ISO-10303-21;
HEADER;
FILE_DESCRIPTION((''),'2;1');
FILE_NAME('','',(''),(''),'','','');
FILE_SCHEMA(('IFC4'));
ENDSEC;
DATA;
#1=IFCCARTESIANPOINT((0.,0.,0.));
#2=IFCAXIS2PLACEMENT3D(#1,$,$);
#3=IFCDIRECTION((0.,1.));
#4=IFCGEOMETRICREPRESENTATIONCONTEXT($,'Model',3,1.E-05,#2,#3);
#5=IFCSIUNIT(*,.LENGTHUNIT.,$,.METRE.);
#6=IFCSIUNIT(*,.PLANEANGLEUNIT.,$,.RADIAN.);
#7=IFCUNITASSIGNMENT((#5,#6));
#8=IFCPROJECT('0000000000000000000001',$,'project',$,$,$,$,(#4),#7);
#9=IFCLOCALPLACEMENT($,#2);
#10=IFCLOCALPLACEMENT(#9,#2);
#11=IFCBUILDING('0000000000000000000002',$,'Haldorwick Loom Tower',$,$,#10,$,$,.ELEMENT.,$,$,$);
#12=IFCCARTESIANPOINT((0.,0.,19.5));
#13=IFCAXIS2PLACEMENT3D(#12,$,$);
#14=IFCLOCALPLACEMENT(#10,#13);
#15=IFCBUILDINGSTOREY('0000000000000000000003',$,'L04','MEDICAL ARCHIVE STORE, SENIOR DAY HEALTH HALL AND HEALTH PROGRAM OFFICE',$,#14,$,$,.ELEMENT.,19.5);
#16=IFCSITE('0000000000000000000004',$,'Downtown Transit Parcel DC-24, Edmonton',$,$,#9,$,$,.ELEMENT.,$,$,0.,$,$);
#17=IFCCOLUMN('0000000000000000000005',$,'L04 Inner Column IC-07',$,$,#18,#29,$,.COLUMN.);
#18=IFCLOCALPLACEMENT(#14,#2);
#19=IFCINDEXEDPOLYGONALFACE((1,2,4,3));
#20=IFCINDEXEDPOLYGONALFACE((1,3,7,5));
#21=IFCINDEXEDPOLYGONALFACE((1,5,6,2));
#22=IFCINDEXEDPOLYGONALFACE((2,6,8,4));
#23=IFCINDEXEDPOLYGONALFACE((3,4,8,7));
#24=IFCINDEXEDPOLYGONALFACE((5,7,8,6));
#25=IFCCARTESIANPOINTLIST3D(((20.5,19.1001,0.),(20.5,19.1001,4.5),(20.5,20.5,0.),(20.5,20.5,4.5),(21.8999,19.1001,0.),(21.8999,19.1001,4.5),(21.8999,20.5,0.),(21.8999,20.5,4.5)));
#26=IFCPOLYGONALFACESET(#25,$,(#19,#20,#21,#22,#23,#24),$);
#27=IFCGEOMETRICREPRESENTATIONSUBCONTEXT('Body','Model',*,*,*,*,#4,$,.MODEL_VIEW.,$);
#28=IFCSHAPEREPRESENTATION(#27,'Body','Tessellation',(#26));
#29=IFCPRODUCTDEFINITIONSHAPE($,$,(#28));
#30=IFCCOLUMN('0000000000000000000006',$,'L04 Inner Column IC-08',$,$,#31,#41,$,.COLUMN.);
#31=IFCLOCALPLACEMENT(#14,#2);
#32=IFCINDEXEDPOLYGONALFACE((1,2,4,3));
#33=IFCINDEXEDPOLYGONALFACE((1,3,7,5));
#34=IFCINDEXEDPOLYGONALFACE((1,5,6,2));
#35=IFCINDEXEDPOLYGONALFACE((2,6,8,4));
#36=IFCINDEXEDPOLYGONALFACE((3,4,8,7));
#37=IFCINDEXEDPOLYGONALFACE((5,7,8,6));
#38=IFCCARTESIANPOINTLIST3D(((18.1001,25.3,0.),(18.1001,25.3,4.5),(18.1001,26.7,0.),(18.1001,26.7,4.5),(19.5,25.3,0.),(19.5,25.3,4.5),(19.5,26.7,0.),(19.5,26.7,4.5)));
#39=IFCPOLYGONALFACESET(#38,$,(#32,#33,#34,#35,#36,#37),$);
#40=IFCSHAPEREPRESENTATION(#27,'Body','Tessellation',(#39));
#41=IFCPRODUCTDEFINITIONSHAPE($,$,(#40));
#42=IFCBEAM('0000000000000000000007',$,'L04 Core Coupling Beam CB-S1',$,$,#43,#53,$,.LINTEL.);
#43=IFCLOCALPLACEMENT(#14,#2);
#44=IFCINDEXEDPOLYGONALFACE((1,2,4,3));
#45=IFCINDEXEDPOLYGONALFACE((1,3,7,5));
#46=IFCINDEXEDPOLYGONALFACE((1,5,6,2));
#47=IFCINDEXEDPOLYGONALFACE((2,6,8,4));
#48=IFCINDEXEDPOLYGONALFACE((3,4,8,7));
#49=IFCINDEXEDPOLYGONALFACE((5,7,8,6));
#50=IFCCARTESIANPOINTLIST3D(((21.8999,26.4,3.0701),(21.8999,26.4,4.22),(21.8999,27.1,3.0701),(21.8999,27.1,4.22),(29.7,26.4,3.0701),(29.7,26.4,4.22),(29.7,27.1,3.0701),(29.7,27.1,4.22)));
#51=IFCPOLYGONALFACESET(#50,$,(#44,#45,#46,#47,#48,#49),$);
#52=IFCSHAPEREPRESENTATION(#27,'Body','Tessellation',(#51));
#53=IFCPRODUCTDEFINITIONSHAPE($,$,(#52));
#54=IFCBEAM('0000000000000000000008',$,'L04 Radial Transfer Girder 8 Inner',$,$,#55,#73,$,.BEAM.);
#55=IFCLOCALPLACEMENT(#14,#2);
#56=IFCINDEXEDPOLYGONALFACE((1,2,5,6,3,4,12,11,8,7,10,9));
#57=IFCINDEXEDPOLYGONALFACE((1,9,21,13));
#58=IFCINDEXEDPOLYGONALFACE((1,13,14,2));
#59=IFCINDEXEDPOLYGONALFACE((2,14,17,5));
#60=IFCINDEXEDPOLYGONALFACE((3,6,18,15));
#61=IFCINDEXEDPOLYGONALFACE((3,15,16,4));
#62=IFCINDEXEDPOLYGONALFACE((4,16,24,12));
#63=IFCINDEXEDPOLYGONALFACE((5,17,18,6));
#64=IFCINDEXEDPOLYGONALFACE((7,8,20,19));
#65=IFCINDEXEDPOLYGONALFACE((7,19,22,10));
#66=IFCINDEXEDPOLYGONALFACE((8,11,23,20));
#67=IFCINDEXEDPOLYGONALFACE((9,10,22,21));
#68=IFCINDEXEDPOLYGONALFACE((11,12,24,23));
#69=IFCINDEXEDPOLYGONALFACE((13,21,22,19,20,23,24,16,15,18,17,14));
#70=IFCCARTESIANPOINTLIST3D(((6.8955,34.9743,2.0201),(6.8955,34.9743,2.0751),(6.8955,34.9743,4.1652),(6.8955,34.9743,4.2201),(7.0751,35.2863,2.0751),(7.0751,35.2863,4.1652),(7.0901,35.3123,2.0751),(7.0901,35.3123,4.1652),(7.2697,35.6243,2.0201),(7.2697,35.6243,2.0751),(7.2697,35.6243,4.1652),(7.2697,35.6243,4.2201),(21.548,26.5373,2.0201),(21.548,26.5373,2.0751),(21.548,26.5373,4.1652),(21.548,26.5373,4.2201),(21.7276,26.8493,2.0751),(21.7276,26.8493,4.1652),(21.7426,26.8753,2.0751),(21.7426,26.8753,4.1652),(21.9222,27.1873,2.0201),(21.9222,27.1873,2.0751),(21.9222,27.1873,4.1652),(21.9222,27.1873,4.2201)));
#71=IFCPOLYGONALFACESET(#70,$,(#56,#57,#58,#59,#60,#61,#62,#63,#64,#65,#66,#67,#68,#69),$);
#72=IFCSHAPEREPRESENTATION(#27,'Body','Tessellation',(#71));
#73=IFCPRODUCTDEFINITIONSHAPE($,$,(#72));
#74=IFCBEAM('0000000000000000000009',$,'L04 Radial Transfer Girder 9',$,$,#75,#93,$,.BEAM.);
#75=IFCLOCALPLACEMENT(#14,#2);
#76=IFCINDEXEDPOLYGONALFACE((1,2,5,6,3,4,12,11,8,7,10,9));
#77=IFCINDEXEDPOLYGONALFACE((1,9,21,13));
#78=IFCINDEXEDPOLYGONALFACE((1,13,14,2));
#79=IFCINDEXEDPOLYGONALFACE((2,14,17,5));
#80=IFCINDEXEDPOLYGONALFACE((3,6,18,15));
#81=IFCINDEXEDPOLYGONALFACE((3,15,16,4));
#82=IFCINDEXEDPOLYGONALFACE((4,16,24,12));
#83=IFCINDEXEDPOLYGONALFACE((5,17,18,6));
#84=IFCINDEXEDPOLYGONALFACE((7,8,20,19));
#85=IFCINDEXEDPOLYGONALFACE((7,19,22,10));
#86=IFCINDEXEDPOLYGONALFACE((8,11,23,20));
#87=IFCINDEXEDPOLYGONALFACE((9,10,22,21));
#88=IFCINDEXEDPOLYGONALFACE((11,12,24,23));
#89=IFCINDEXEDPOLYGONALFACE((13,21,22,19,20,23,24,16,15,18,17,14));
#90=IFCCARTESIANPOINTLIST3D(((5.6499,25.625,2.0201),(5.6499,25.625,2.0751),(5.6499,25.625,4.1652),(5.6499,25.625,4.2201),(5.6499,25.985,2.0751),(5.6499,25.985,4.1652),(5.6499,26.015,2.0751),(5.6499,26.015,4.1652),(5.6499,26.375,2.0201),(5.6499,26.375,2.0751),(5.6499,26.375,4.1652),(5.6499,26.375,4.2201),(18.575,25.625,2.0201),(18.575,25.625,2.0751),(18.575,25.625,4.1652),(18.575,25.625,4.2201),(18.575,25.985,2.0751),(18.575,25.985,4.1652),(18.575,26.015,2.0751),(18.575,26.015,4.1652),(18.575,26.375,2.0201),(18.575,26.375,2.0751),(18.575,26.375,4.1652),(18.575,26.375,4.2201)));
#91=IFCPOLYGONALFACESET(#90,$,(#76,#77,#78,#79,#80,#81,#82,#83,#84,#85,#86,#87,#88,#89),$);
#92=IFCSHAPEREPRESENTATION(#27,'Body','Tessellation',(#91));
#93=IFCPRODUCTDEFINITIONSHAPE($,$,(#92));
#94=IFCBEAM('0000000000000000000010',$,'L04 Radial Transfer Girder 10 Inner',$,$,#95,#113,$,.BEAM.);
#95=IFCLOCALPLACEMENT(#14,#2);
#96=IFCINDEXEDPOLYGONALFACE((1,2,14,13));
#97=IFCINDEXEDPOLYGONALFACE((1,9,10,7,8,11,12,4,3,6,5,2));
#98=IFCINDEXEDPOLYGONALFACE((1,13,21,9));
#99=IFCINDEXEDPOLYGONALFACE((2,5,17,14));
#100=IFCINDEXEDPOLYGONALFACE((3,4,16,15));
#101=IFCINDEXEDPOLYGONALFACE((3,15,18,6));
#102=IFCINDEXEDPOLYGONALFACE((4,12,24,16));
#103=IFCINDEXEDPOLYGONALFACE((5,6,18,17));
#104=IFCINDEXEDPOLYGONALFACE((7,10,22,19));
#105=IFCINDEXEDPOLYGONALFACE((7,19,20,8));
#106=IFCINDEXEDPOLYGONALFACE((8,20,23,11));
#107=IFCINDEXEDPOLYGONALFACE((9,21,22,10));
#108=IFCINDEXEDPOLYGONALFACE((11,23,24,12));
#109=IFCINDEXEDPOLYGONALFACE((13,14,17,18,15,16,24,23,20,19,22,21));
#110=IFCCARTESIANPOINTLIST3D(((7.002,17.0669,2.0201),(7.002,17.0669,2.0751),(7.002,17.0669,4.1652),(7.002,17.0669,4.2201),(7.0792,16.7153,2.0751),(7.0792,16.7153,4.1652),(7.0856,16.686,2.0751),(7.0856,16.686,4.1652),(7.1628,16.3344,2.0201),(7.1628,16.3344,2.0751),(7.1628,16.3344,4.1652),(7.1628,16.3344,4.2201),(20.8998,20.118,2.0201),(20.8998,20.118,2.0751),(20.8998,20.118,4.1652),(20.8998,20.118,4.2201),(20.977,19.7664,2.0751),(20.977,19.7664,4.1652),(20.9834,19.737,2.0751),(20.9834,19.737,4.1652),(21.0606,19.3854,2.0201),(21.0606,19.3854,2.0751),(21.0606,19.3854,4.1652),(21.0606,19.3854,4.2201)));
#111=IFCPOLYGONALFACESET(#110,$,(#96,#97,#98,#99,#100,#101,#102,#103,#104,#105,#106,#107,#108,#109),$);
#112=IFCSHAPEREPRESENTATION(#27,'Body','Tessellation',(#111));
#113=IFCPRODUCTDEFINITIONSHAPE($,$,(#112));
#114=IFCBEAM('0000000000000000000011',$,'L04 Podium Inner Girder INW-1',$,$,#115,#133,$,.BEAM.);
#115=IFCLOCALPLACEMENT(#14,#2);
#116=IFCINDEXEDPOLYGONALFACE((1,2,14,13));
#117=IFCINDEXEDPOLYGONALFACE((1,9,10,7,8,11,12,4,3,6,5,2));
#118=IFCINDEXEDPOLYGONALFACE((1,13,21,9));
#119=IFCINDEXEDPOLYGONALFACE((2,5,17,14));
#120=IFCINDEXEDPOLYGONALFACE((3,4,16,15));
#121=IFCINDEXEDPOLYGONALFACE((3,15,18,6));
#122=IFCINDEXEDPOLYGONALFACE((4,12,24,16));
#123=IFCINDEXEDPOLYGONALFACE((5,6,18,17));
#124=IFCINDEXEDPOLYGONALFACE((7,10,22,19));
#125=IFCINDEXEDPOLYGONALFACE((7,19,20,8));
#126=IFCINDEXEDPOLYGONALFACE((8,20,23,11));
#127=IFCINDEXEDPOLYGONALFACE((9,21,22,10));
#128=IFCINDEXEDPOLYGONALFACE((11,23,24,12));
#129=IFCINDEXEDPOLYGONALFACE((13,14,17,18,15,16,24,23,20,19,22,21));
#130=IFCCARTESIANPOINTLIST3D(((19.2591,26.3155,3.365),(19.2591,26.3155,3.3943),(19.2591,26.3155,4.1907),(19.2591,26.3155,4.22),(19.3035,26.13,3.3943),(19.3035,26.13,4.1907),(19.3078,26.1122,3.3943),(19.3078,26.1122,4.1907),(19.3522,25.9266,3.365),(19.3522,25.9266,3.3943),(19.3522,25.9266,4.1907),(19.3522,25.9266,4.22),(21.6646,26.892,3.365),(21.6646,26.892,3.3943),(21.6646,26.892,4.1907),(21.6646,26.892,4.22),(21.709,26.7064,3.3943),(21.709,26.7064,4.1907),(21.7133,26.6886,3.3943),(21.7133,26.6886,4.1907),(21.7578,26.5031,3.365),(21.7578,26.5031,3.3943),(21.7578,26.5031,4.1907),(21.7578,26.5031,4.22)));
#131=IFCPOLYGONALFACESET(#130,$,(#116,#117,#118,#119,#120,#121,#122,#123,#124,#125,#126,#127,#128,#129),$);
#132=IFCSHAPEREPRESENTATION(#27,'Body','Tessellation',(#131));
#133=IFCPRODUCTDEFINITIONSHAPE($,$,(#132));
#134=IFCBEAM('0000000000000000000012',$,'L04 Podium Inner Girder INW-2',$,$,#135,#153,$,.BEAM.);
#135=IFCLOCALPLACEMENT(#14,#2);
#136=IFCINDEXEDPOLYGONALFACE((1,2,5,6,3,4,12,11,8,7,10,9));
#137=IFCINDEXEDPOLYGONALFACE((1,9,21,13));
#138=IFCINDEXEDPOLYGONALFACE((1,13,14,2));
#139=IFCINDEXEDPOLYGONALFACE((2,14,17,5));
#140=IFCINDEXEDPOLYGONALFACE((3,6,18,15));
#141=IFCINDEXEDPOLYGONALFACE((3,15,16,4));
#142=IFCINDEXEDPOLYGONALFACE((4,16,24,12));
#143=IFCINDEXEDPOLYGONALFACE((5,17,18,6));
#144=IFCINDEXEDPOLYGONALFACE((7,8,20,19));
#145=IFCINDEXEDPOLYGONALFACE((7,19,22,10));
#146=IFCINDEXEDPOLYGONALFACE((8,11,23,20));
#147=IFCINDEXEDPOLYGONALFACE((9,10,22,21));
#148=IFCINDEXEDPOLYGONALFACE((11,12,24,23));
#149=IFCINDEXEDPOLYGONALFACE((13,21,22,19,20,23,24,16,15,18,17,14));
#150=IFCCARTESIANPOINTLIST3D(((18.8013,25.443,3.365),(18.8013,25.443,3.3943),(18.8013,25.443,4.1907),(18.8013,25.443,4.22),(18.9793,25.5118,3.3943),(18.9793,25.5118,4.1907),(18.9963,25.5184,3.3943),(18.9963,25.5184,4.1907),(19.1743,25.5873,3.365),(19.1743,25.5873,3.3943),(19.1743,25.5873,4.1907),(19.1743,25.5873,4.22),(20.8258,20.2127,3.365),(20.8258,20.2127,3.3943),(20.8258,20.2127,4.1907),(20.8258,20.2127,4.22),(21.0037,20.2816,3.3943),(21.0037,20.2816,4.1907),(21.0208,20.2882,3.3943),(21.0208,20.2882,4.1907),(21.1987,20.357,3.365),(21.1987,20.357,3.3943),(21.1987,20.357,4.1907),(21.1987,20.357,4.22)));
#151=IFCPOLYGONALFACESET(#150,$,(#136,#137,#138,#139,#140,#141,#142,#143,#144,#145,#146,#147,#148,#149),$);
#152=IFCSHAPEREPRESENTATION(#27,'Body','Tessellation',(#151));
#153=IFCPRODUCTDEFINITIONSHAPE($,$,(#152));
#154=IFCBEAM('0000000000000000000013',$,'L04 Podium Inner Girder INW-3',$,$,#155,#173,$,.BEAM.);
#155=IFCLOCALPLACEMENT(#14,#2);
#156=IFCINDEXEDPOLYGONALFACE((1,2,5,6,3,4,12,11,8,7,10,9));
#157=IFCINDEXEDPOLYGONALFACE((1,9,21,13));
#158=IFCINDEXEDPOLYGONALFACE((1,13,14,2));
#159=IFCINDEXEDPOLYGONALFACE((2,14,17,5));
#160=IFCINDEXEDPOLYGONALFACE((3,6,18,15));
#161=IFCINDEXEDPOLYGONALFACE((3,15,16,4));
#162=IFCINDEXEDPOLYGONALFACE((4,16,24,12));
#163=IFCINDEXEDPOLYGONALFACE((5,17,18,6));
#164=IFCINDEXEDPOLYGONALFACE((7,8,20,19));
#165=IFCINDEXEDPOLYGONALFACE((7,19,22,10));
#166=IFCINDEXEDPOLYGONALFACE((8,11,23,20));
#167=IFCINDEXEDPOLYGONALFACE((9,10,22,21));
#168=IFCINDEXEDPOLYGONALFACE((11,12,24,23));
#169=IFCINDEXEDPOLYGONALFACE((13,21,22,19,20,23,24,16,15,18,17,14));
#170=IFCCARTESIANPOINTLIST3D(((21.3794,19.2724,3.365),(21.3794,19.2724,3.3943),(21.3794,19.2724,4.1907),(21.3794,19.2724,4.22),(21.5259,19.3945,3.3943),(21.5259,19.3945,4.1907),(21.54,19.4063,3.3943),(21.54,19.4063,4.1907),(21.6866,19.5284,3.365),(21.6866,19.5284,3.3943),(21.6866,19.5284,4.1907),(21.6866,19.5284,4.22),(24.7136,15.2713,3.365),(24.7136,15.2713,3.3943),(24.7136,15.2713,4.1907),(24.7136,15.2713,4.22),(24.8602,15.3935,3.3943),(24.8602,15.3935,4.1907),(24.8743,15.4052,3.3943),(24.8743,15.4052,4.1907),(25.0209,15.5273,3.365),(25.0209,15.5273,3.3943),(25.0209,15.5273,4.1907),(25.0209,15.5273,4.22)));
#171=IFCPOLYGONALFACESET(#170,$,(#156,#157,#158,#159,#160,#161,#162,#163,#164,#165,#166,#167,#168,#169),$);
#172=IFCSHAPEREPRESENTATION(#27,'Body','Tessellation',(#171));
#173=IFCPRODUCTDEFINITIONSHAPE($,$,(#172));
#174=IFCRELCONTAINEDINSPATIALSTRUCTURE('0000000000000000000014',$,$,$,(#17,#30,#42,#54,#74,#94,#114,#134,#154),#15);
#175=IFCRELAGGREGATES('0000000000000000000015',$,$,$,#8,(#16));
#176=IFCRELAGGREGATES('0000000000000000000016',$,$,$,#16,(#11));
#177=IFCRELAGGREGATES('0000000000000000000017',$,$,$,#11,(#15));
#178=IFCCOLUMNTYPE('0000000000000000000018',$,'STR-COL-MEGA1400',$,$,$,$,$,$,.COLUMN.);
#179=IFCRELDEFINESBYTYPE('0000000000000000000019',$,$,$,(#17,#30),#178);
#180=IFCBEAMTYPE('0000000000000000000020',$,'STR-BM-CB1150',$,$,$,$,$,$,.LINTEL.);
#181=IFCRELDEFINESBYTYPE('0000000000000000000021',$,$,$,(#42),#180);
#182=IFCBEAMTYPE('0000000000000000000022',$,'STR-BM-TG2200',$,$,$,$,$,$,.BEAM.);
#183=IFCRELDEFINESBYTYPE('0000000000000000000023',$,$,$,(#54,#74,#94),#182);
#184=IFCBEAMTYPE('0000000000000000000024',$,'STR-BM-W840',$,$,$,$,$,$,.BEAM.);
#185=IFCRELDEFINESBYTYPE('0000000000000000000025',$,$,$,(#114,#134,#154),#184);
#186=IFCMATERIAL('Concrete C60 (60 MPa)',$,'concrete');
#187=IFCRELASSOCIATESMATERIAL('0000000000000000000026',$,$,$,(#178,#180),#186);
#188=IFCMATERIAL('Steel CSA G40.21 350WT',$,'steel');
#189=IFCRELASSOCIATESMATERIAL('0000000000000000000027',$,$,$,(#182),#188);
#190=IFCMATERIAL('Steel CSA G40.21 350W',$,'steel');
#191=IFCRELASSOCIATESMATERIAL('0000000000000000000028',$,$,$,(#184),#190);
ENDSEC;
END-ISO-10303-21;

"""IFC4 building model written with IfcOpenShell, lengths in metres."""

from ifc_helpers import new_model, si_unit, direction, frame, origin, origin_2d, place, context, subcontext, project, spatial, rectangle, i_section, extrude, material, material_profile, profile_set, type_object, element, save


model = new_model("IFC4")

# Units and contexts
model_context = context("Model", 3, precision=1e-05, world=origin(), true_north=direction((0.0, 1.0)))
body_context = subcontext(model_context, "Body", "Model", "MODEL_VIEW")
ifc_project = project(units=[si_unit("LENGTHUNIT", "METRE"), si_unit("PLANEANGLEUNIT", "RADIAN")], contexts=[model_context])

# Site, building, storey
site_placement = place(None, origin())
site = spatial("IfcSite", under=ifc_project, at=site_placement, Name="Downtown Transit Parcel DC-24, Edmonton", CompositionType="ELEMENT", RefElevation=0.0)
building_placement = place(site_placement, origin())
building = spatial("IfcBuilding", under=site, at=building_placement, Name="Haldorwick Loom Tower", CompositionType="ELEMENT")
storey_placement = place(building_placement, frame((0.0, 0.0, 19.5)))
storey = spatial("IfcBuildingStorey", under=building, at=storey_placement, Name="L04", Description="MEDICAL ARCHIVE STORE, SENIOR DAY HEALTH HALL AND HEALTH PROGRAM OFFICE", CompositionType="ELEMENT", Elevation=19.5)

# Columns
ifc_material_1 = material(Name="Concrete C60 (60 MPa)", Category="concrete")
ifc_material_profile_1 = material_profile(ifc_material_1, rectangle(XDim=1.3999, YDim=1.3999, at=origin_2d()), Name="RC1400X1400", Category="concrete")
ifc_profile_set_1 = profile_set([ifc_material_profile_1], Name="Concrete C60 (60 MPa)")
column_type = type_object("IfcColumnType", Name="STR-COL-MEGA1400", PredefinedType="COLUMN", material=ifc_profile_set_1)
for number, where, z_axis, x_axis, name in (
    (1, (21.2, 19.8, 0.0), (0.0, 0.0, 1.0), (1.0, 0.0, 0.0), "L04 Inner Column IC-07"),
    (2, (18.8, 26.0, 0.0), (0.0, 0.0, 1.0), (1.0, 0.0, 0.0), "L04 Inner Column IC-08"),
):
    element("IfcColumn", number, at=place(storey_placement, frame(where, z_axis=z_axis, x_axis=x_axis)), inside=storey, type_object=column_type, Name=name, PredefinedType="COLUMN", context=body_context, shape_type="SweptSolid", body=[
        extrude(rectangle(XDim=1.3999, YDim=1.3999, at=origin_2d()), origin(), (0.0, 0.0, 1.0), 4.5),
    ])

# Beams
ifc_material_profile_2 = material_profile(ifc_material_1, rectangle(XDim=0.7, YDim=1.1499, at=origin_2d()), Name="RC700X1150", Category="concrete")
ifc_profile_set_2 = profile_set([ifc_material_profile_2], Name="Concrete C60 (60 MPa)")
beam_type_1 = type_object("IfcBeamType", Name="STR-BM-CB1150", PredefinedType="LINTEL", material=ifc_profile_set_2)
beam_1_placement = place(storey_placement, frame((21.8999, 26.75, 3.645), z_axis=(1.0, 0.0, 0.0), x_axis=(0.0, 1.0, 0.0)))
element("IfcBeam", 3, at=beam_1_placement, inside=storey, type_object=beam_type_1, Name="L04 Core Coupling Beam CB-S1", PredefinedType="LINTEL", context=body_context, shape_type="SweptSolid", body=[
    extrude(rectangle(XDim=0.7, YDim=1.1499, at=origin_2d()), origin(), (0.0, 0.0, 1.0), 7.8),
])
ifc_material_2 = material(Name="Steel CSA G40.21 350WT", Category="steel")
ifc_material_profile_3 = material_profile(ifc_material_2, i_section(OverallWidth=0.75, OverallDepth=2.2, WebThickness=0.03, FlangeThickness=0.0549, at=origin_2d()), Name="WWF2200X750", Category="steel")
ifc_profile_set_3 = profile_set([ifc_material_profile_3], Name="Steel CSA G40.21 350WT")
beam_type_2 = type_object("IfcBeamType", Name="STR-BM-TG2200", PredefinedType="BEAM", material=ifc_profile_set_3)
beam_2_placement = place(storey_placement, frame((21.7351, 26.8623, 3.1201), z_axis=(-0.866605, 0.498994, 0.0), x_axis=(-0.498994, -0.866605, 0.0)))
element("IfcBeam", 4, at=beam_2_placement, inside=storey, type_object=beam_type_2, Name="L04 Radial Transfer Girder 8 Inner", PredefinedType="BEAM", context=body_context, shape_type="SweptSolid", body=[
    extrude(i_section(OverallWidth=0.75, OverallDepth=2.2, WebThickness=0.03, FlangeThickness=0.0549, at=origin_2d()), origin(), (0.0, 0.0, 1.0), 16.908),
])
beam_3_placement = place(storey_placement, frame((18.575, 26.0, 3.1201), z_axis=(-1.0, 0.0, 0.0), x_axis=(0.0, -1.0, 0.0)))
element("IfcBeam", 5, at=beam_3_placement, inside=storey, type_object=beam_type_2, Name="L04 Radial Transfer Girder 9", PredefinedType="BEAM", context=body_context, shape_type="SweptSolid", body=[
    extrude(i_section(OverallWidth=0.75, OverallDepth=2.2, WebThickness=0.03, FlangeThickness=0.0549, at=origin_2d()), origin(), (0.0, 0.0, 1.0), 12.925),
])
beam_4_placement = place(storey_placement, frame((20.9802, 19.7517, 3.1201), z_axis=(-0.97674, -0.214428, 0.0), x_axis=(0.214428, -0.97674, 0.0)))
element("IfcBeam", 6, at=beam_4_placement, inside=storey, type_object=beam_type_2, Name="L04 Radial Transfer Girder 10 Inner", PredefinedType="BEAM", context=body_context, shape_type="SweptSolid", body=[
    extrude(i_section(OverallWidth=0.75, OverallDepth=2.2, WebThickness=0.03, FlangeThickness=0.0549, at=origin_2d()), origin(), (0.0, 0.0, 1.0), 14.2288),
])
ifc_material_3 = material(Name="Steel CSA G40.21 350W", Category="steel")
ifc_material_profile_4 = material_profile(ifc_material_3, i_section(OverallWidth=0.3999, OverallDepth=0.855, WebThickness=0.0183, FlangeThickness=0.0293, at=origin_2d()), Name="W840X299", Category="steel")
ifc_profile_set_4 = profile_set([ifc_material_profile_4], Name="Steel CSA G40.21 350W")
beam_type_3 = type_object("IfcBeamType", Name="STR-BM-W840", PredefinedType="BEAM", material=ifc_profile_set_4)
beam_5_placement = place(storey_placement, frame((21.7112, 26.6975, 3.7925), z_axis=(-0.972471, -0.233026, 0.0), x_axis=(0.233026, -0.972471, 0.0)))
element("IfcBeam", 7, at=beam_5_placement, inside=storey, type_object=beam_type_3, Name="L04 Podium Inner Girder INW-1", PredefinedType="BEAM", context=body_context, shape_type="SweptSolid", body=[
    extrude(i_section(OverallWidth=0.3999, OverallDepth=0.855, WebThickness=0.0183, FlangeThickness=0.0293, at=origin_2d()), origin(), (0.0, 0.0, 1.0), 2.4736),
])
beam_6_placement = place(storey_placement, frame((18.9878, 25.5151, 3.7925), z_axis=(0.360965, -0.932579, 0.0), x_axis=(0.932579, 0.360965, 0.0)))
element("IfcBeam", 8, at=beam_6_placement, inside=storey, type_object=beam_type_3, Name="L04 Podium Inner Girder INW-2", PredefinedType="BEAM", context=body_context, shape_type="SweptSolid", body=[
    extrude(i_section(OverallWidth=0.3999, OverallDepth=0.855, WebThickness=0.0183, FlangeThickness=0.0293, at=origin_2d()), origin(), (0.0, 0.0, 1.0), 5.6084),
])
beam_7_placement = place(storey_placement, frame((21.533, 19.4004, 3.7925), z_axis=(0.640194, -0.768214, 0.0), x_axis=(0.768214, 0.640194, 0.0)))
element("IfcBeam", 9, at=beam_7_placement, inside=storey, type_object=beam_type_3, Name="L04 Podium Inner Girder INW-3", PredefinedType="BEAM", context=body_context, shape_type="SweptSolid", body=[
    extrude(i_section(OverallWidth=0.3999, OverallDepth=0.855, WebThickness=0.0183, FlangeThickness=0.0293, at=origin_2d()), origin(), (0.0, 0.0, 1.0), 5.2083),
])

save(model, "model.ifc")
